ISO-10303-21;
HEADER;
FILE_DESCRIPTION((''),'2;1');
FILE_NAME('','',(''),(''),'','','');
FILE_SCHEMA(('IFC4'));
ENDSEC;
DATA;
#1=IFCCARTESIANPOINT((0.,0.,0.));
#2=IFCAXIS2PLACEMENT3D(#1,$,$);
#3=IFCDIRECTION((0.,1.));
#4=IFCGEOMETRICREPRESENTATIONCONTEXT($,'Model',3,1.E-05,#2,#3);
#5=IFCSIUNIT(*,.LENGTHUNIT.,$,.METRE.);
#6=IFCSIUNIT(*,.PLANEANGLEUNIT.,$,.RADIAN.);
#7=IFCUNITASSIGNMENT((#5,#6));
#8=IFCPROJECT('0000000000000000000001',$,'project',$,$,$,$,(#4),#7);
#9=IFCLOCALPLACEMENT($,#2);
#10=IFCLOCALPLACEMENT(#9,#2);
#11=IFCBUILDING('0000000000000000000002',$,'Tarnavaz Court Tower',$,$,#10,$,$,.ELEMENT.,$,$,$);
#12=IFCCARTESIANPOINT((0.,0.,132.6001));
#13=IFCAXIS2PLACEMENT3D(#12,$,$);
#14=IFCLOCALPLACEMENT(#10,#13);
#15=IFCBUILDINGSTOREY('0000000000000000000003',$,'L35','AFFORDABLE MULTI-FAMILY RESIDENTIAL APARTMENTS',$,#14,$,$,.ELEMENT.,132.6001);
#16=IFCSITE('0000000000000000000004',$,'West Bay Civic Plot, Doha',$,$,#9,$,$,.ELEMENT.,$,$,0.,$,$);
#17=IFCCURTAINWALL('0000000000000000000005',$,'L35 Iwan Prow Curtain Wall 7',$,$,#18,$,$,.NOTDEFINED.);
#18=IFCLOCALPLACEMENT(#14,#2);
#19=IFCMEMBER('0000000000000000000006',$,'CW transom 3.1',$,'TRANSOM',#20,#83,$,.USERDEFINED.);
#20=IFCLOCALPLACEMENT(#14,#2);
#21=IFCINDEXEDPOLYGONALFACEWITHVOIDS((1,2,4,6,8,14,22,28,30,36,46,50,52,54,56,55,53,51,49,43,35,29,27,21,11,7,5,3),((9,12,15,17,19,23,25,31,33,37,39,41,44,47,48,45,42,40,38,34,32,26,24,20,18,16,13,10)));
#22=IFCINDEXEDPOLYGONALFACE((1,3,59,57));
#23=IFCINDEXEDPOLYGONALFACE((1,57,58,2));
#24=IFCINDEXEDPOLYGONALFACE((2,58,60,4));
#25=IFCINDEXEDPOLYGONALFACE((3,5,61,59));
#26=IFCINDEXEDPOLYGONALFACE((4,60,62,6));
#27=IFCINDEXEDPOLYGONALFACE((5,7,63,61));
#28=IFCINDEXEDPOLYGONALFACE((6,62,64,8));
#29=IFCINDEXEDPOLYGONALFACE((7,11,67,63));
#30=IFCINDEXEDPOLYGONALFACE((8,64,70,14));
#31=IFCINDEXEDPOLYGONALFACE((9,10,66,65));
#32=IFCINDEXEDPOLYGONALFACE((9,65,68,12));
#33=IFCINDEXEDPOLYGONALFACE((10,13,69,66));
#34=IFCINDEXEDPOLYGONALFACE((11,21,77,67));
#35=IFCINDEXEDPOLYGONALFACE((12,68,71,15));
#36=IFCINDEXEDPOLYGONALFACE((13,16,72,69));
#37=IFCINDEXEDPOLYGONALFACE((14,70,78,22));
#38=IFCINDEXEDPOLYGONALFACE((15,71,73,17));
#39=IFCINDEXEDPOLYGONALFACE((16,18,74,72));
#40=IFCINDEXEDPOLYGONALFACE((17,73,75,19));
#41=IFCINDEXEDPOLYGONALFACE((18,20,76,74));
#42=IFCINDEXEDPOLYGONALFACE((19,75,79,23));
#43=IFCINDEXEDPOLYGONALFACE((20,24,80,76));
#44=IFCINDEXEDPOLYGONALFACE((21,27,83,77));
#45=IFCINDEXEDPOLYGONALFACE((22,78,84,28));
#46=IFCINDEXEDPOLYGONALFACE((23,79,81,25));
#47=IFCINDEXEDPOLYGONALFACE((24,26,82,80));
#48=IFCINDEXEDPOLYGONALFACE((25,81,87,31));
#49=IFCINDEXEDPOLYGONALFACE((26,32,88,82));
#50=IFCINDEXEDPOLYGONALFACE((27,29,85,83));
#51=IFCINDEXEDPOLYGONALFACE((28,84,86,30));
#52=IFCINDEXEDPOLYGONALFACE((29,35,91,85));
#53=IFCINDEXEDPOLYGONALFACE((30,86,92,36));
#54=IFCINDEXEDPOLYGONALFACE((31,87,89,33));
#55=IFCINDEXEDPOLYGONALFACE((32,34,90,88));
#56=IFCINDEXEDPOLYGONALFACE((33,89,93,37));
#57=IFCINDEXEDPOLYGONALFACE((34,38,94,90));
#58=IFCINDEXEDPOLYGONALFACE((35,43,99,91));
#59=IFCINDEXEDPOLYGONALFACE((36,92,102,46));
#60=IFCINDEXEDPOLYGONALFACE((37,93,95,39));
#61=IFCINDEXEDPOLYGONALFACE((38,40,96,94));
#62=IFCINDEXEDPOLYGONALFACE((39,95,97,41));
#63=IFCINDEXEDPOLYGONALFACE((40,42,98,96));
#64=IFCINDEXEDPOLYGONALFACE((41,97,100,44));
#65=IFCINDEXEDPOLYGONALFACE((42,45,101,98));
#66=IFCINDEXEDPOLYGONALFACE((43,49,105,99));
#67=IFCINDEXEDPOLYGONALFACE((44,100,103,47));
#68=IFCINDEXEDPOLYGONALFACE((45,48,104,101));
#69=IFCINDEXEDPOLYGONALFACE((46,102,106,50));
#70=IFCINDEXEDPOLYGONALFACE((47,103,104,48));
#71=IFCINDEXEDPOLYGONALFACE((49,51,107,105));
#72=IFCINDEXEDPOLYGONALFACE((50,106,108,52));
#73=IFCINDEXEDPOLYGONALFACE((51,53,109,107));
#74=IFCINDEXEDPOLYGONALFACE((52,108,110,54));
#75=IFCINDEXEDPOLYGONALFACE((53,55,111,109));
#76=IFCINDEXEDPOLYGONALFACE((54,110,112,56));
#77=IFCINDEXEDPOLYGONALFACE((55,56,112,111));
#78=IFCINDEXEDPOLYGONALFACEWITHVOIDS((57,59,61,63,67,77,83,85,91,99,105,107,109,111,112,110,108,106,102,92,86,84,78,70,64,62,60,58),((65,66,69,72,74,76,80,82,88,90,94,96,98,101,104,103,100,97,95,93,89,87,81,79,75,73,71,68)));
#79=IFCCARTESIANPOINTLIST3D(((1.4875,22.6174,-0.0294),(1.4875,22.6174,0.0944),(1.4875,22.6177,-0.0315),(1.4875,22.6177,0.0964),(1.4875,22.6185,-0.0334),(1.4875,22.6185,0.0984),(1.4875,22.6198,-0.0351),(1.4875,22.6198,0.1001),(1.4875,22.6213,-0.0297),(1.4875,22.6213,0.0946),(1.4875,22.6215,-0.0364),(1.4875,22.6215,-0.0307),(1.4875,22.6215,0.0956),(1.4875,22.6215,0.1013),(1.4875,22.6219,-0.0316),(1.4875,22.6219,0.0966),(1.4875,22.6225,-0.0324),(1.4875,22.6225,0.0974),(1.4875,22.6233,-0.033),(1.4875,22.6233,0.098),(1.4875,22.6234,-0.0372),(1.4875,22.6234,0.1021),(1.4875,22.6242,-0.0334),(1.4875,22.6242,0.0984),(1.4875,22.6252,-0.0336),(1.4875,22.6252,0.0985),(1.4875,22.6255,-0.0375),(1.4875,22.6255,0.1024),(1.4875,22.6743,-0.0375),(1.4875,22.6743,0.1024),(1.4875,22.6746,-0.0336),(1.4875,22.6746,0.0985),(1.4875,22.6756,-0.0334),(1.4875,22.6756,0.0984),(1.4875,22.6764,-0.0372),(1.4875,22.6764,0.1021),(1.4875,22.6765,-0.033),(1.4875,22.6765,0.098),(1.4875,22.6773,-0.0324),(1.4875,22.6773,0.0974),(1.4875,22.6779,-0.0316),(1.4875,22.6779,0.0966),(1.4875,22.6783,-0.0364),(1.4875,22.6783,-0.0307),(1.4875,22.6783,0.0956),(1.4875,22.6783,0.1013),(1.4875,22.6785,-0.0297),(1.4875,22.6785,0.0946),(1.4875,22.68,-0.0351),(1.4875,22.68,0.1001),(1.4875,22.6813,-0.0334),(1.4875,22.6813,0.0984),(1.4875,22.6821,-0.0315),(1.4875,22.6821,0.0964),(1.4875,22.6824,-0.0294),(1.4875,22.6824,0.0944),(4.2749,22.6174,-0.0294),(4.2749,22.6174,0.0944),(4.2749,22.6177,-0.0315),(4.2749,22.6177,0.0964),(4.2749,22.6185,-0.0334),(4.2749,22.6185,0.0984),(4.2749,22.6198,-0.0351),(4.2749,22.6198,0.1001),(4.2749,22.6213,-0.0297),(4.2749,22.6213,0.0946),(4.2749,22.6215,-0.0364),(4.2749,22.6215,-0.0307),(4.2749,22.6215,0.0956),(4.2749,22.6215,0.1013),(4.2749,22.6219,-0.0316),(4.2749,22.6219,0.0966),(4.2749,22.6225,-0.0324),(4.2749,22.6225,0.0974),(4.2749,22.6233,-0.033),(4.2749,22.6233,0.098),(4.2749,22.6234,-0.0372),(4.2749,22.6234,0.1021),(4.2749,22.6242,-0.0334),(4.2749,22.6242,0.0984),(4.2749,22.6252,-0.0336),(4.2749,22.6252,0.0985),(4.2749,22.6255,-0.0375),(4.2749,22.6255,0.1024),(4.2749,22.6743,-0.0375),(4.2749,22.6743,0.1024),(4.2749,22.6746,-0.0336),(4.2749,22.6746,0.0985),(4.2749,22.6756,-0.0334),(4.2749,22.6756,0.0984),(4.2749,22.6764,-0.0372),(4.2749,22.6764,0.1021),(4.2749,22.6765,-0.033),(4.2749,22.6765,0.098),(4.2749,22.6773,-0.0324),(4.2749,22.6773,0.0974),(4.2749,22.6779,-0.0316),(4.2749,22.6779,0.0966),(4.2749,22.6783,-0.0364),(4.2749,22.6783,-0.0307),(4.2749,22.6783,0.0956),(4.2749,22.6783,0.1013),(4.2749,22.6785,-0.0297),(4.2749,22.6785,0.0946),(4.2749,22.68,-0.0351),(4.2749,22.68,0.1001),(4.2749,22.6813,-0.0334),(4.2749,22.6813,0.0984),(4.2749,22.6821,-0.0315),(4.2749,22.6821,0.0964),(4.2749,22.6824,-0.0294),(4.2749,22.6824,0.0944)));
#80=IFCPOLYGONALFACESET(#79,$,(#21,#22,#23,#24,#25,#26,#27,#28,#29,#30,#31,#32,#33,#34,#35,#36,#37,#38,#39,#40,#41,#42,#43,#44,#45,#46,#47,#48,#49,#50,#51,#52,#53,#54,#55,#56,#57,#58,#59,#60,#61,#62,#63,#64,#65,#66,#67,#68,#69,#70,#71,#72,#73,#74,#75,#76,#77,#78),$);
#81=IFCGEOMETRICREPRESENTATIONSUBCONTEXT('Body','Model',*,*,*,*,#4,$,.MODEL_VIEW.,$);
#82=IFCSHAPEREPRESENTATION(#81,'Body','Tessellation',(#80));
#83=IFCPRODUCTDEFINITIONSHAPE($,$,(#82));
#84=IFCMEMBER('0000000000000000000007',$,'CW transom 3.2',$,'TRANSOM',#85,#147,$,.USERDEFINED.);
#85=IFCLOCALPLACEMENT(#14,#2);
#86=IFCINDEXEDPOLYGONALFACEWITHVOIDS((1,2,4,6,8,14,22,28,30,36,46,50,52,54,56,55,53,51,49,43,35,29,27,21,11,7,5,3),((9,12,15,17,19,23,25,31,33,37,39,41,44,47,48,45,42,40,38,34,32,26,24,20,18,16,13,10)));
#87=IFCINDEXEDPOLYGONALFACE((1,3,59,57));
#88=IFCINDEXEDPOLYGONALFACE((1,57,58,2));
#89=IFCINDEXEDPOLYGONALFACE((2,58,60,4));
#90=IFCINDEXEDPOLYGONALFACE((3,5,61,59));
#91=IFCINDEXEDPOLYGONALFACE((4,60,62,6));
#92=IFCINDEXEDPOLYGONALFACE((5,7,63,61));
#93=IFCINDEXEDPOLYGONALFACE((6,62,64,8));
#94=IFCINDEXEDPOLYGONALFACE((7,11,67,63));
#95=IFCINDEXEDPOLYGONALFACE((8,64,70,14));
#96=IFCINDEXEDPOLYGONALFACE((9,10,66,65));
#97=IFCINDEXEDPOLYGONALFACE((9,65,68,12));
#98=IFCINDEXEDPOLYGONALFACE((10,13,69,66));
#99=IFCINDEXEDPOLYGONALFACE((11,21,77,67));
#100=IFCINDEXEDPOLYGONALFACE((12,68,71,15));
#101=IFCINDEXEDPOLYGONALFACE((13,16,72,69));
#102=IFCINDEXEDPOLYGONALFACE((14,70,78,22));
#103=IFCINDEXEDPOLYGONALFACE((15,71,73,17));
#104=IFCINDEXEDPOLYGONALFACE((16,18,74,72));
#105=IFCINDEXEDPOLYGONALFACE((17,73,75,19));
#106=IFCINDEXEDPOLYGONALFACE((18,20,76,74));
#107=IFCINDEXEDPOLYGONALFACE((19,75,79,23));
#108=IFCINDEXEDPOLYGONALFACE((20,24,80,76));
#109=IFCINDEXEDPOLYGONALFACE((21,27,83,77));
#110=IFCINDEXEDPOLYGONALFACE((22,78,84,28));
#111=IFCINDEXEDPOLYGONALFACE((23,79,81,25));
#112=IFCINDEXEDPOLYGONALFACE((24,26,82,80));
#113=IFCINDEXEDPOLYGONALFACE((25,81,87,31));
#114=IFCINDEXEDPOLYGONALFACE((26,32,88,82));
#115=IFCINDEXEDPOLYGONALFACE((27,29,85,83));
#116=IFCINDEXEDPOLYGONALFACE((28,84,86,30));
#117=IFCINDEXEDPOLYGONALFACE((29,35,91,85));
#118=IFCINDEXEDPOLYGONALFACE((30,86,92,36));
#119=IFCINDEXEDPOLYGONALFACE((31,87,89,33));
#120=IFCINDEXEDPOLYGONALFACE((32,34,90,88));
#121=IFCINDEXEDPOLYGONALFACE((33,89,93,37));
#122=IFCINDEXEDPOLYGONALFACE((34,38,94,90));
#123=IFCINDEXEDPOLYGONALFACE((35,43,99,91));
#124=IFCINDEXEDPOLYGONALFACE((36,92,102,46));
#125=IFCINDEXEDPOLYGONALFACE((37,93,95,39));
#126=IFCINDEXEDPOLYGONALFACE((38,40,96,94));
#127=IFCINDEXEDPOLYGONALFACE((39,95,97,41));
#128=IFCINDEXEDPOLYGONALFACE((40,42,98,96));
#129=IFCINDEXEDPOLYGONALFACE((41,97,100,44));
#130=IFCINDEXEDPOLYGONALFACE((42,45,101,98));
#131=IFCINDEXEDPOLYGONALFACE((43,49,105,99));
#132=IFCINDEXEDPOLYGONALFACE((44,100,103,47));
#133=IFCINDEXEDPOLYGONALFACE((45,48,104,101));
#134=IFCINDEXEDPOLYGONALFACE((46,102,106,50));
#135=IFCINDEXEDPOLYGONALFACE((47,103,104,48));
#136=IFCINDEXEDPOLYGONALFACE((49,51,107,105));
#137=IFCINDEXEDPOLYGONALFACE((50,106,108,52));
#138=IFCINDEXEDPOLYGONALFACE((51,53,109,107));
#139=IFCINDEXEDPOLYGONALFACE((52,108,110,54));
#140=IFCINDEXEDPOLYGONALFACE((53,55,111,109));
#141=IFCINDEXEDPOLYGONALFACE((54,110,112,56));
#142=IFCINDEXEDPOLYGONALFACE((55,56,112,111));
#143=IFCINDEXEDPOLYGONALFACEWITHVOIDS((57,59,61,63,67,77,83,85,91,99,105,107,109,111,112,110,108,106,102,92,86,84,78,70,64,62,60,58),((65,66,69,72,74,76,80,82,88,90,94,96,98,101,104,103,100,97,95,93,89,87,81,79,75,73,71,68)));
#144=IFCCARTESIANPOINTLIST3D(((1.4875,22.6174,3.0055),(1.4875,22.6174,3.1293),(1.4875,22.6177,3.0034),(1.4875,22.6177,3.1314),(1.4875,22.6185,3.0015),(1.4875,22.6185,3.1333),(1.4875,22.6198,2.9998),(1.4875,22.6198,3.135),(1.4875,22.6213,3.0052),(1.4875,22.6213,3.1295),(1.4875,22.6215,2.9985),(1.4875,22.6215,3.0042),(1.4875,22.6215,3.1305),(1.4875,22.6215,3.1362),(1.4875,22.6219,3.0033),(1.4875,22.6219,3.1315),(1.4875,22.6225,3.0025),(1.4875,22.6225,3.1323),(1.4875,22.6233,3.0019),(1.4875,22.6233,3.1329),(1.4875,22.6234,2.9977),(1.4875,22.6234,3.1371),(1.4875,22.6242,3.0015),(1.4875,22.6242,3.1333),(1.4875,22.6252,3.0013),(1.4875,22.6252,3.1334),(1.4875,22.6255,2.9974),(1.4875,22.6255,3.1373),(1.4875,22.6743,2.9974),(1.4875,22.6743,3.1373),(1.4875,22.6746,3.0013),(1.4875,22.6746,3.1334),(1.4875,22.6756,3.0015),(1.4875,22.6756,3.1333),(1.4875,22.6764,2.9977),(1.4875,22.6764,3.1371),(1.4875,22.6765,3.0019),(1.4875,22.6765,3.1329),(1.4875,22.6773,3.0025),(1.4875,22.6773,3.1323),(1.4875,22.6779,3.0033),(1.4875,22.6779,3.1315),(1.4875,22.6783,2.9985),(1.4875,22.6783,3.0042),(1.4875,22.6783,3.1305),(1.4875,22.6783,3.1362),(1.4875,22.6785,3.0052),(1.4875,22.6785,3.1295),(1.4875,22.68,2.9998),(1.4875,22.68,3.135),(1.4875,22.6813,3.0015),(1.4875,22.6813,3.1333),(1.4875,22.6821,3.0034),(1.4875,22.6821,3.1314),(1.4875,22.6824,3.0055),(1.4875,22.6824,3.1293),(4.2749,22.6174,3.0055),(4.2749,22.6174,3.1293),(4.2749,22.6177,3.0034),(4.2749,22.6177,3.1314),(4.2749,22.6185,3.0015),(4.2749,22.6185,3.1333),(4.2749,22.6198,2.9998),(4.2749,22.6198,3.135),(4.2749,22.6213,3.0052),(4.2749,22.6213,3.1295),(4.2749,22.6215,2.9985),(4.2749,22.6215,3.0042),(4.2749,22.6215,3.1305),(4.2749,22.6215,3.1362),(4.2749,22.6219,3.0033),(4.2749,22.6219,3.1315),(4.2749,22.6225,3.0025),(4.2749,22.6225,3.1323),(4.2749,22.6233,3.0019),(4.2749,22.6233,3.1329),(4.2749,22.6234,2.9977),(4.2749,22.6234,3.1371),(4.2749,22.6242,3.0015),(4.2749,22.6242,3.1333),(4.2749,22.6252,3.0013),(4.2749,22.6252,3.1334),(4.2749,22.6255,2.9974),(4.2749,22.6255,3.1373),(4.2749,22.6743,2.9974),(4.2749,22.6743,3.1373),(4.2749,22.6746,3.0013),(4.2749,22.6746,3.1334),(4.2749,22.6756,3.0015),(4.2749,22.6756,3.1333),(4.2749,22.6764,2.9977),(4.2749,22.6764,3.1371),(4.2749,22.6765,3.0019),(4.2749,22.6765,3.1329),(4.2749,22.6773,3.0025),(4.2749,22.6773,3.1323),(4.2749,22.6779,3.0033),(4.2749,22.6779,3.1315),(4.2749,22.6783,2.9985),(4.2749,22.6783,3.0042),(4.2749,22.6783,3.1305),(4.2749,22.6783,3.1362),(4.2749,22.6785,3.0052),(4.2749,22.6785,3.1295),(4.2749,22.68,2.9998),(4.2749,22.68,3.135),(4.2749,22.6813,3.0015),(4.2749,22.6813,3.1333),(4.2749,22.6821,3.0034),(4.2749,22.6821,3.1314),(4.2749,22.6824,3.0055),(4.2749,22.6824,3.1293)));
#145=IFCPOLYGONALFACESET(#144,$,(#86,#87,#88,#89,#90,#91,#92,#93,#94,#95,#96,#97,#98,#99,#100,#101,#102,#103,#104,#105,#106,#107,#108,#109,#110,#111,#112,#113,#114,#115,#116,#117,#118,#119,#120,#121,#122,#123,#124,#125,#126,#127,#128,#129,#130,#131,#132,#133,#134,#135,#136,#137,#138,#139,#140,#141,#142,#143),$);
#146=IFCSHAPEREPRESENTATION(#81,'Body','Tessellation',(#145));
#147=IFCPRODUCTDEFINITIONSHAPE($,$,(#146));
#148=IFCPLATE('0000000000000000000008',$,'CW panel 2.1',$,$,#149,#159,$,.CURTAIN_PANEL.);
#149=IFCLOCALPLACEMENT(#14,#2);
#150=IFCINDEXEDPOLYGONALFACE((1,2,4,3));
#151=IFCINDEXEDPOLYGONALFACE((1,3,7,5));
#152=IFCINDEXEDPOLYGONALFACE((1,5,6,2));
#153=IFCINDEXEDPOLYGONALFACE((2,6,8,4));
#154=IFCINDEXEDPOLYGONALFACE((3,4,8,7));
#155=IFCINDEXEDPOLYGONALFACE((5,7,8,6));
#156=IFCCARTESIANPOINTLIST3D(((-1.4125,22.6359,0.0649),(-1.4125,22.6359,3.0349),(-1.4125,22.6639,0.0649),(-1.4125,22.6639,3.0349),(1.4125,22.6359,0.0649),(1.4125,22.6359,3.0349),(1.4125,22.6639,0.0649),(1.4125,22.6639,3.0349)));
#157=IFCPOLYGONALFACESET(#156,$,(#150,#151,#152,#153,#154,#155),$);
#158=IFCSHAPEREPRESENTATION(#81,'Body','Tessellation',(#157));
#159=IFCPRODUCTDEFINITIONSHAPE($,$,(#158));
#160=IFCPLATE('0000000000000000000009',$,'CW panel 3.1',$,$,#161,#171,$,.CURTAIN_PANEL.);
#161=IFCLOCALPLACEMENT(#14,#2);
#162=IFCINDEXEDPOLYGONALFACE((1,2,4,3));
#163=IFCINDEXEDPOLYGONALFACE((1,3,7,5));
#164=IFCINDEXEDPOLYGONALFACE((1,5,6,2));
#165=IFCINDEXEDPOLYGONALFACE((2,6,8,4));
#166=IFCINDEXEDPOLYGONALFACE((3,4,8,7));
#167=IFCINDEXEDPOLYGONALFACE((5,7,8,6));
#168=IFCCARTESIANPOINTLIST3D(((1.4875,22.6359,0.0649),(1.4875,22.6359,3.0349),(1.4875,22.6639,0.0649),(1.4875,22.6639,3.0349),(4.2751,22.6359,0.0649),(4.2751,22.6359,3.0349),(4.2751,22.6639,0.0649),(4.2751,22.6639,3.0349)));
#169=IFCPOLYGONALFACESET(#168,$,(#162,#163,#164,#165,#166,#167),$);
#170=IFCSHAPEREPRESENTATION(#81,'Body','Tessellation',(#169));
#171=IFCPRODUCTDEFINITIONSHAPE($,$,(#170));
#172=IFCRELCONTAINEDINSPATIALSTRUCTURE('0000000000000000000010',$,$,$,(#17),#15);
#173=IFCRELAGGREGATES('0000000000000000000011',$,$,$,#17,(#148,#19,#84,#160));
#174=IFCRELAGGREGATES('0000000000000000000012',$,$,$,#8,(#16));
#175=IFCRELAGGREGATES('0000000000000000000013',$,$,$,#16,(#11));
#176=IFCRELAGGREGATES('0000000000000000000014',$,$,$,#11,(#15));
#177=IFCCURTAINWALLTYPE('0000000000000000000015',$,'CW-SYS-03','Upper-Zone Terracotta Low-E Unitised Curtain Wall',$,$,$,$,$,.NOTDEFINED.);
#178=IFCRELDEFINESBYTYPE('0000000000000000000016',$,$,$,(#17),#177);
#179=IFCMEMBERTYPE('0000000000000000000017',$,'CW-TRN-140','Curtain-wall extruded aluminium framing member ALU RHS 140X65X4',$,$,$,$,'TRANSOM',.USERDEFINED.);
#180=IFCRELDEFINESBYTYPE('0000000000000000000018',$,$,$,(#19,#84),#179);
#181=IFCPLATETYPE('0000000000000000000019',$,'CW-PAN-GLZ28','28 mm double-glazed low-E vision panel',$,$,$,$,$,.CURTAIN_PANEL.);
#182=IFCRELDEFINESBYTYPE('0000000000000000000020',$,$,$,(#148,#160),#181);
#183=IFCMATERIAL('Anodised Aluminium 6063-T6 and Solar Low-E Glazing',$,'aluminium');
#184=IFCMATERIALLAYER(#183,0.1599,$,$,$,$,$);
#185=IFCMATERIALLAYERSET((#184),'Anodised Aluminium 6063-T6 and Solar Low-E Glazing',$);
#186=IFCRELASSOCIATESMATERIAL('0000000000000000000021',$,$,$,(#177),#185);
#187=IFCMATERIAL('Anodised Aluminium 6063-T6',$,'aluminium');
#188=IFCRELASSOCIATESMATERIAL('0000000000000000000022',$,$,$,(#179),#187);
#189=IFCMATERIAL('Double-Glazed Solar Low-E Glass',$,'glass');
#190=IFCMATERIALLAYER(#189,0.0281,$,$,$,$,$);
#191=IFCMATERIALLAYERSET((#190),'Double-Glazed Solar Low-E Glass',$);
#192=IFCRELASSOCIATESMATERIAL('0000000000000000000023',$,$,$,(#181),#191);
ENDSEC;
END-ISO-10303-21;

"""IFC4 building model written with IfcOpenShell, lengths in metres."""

from ifc_helpers import new_model, si_unit, direction, frame, origin, origin_2d, place, context, subcontext, project, spatial, rectangle, hollow_rectangle, extrude, material, layer, layer_set, material_profile, profile_set, type_object, element, aggregate, save


model = new_model("IFC4")

# Units and contexts
model_context = context("Model", 3, precision=1e-05, world=origin(), true_north=direction((0.0, 1.0)))
body_context = subcontext(model_context, "Body", "Model", "MODEL_VIEW")
ifc_project = project(units=[si_unit("LENGTHUNIT", "METRE"), si_unit("PLANEANGLEUNIT", "RADIAN")], contexts=[model_context])

# Site, building, storey
site_placement = place(None, origin())
site = spatial("IfcSite", under=ifc_project, at=site_placement, Name="West Bay Civic Plot, Doha", CompositionType="ELEMENT", RefElevation=0.0)
building_placement = place(site_placement, origin())
building = spatial("IfcBuilding", under=site, at=building_placement, Name="Tarnavaz Court Tower", CompositionType="ELEMENT")
storey_placement = place(building_placement, frame((0.0, 0.0, 132.6001)))
storey = spatial("IfcBuildingStorey", under=building, at=storey_placement, Name="L35", Description="AFFORDABLE MULTI-FAMILY RESIDENTIAL APARTMENTS", CompositionType="ELEMENT", Elevation=132.6001)

# Curtain wall, members, plates
ifc_material_1 = material(Name="Anodised Aluminium 6063-T6 and Solar Low-E Glazing", Category="aluminium")
ifc_layer_1 = layer(ifc_material_1, 0.1599)
ifc_layer_set_1 = layer_set([ifc_layer_1], Name="Anodised Aluminium 6063-T6 and Solar Low-E Glazing")
curtain_wall_type = type_object("IfcCurtainWallType", Name="CW-SYS-03", Description="Upper-Zone Terracotta Low-E Unitised Curtain Wall", PredefinedType="NOTDEFINED", material=ifc_layer_set_1)
curtain_wall_placement = place(storey_placement, origin())
curtain_wall = element("IfcCurtainWall", 1, at=curtain_wall_placement, inside=storey, type_object=curtain_wall_type, Name="L35 Iwan Prow Curtain Wall 7", PredefinedType="NOTDEFINED")
ifc_material_2 = material(Name="Anodised Aluminium 6063-T6", Category="aluminium")
ifc_material_profile_1 = material_profile(ifc_material_2, hollow_rectangle(XDim=0.0649, YDim=0.1399, WallThickness=0.0039, InnerFilletRadius=0.0039, OuterFilletRadius=0.0081, at=origin_2d()), Name="ALU RHS 140X65X4")
ifc_profile_set_1 = profile_set([ifc_material_profile_1], Name="Anodised Aluminium 6063-T6")
member_type_1 = type_object("IfcMemberType", Name="CW-TRN-140", Description="Curtain-wall extruded aluminium framing member ALU RHS 140X65X4", ElementType="TRANSOM", PredefinedType="USERDEFINED", material=ifc_profile_set_1)
member_1_placement = place(storey_placement, frame((1.4875, 22.6499, 0.0325), z_axis=(1.0, 0.0, 0.0), x_axis=(0.0, 1.0, 0.0)))
member_1 = element("IfcMember", 2, at=member_1_placement, type_object=member_type_1, Name="CW transom 3.1", ObjectType="TRANSOM", PredefinedType="USERDEFINED", context=body_context, shape_type="SweptSolid", body=[
    extrude(hollow_rectangle(XDim=0.0649, YDim=0.1399, WallThickness=0.0039, InnerFilletRadius=0.0039, OuterFilletRadius=0.0081, at=origin_2d()), origin(), (0.0, 0.0, 1.0), 2.7874),
])
member_2_placement = place(storey_placement, frame((1.4875, 22.6499, 3.0674), z_axis=(1.0, 0.0, 0.0), x_axis=(0.0, 1.0, 0.0)))
member_2 = element("IfcMember", 3, at=member_2_placement, type_object=member_type_1, Name="CW transom 3.2", ObjectType="TRANSOM", PredefinedType="USERDEFINED", context=body_context, shape_type="SweptSolid", body=[
    extrude(hollow_rectangle(XDim=0.0649, YDim=0.1399, WallThickness=0.0039, InnerFilletRadius=0.0039, OuterFilletRadius=0.0081, at=origin_2d()), origin(), (0.0, 0.0, 1.0), 2.7874),
])
ifc_material_3 = material(Name="Double-Glazed Solar Low-E Glass", Category="glass")
ifc_layer_2 = layer(ifc_material_3, 0.0281)
ifc_layer_set_2 = layer_set([ifc_layer_2], Name="Double-Glazed Solar Low-E Glass")
plate_type = type_object("IfcPlateType", Name="CW-PAN-GLZ28", Description="28 mm double-glazed low-E vision panel", PredefinedType="CURTAIN_PANEL", material=ifc_layer_set_2)
plate_1_placement = place(storey_placement, frame((0.0, 22.6499, 0.0649), z_axis=(0.0, 0.0, 1.0), x_axis=(1.0, 0.0, 0.0)))
plate_1 = element("IfcPlate", 4, at=plate_1_placement, type_object=plate_type, Name="CW panel 2.1", PredefinedType="CURTAIN_PANEL", context=body_context, shape_type="SweptSolid", body=[
    extrude(rectangle(XDim=2.825, YDim=0.0281, at=origin_2d()), origin(), (0.0, 0.0, 1.0), 2.97),
])
plate_2_placement = place(storey_placement, frame((2.8813, 22.6499, 0.0649), z_axis=(0.0, 0.0, 1.0), x_axis=(1.0, 0.0, 0.0)))
plate_2 = element("IfcPlate", 5, at=plate_2_placement, type_object=plate_type, Name="CW panel 3.1", PredefinedType="CURTAIN_PANEL", context=body_context, shape_type="SweptSolid", body=[
    extrude(rectangle(XDim=2.7876, YDim=0.0281, at=origin_2d()), origin(), (0.0, 0.0, 1.0), 2.97),
])
aggregate(curtain_wall, [plate_1, member_1, member_2, plate_2])

save(model, "model.ifc")
